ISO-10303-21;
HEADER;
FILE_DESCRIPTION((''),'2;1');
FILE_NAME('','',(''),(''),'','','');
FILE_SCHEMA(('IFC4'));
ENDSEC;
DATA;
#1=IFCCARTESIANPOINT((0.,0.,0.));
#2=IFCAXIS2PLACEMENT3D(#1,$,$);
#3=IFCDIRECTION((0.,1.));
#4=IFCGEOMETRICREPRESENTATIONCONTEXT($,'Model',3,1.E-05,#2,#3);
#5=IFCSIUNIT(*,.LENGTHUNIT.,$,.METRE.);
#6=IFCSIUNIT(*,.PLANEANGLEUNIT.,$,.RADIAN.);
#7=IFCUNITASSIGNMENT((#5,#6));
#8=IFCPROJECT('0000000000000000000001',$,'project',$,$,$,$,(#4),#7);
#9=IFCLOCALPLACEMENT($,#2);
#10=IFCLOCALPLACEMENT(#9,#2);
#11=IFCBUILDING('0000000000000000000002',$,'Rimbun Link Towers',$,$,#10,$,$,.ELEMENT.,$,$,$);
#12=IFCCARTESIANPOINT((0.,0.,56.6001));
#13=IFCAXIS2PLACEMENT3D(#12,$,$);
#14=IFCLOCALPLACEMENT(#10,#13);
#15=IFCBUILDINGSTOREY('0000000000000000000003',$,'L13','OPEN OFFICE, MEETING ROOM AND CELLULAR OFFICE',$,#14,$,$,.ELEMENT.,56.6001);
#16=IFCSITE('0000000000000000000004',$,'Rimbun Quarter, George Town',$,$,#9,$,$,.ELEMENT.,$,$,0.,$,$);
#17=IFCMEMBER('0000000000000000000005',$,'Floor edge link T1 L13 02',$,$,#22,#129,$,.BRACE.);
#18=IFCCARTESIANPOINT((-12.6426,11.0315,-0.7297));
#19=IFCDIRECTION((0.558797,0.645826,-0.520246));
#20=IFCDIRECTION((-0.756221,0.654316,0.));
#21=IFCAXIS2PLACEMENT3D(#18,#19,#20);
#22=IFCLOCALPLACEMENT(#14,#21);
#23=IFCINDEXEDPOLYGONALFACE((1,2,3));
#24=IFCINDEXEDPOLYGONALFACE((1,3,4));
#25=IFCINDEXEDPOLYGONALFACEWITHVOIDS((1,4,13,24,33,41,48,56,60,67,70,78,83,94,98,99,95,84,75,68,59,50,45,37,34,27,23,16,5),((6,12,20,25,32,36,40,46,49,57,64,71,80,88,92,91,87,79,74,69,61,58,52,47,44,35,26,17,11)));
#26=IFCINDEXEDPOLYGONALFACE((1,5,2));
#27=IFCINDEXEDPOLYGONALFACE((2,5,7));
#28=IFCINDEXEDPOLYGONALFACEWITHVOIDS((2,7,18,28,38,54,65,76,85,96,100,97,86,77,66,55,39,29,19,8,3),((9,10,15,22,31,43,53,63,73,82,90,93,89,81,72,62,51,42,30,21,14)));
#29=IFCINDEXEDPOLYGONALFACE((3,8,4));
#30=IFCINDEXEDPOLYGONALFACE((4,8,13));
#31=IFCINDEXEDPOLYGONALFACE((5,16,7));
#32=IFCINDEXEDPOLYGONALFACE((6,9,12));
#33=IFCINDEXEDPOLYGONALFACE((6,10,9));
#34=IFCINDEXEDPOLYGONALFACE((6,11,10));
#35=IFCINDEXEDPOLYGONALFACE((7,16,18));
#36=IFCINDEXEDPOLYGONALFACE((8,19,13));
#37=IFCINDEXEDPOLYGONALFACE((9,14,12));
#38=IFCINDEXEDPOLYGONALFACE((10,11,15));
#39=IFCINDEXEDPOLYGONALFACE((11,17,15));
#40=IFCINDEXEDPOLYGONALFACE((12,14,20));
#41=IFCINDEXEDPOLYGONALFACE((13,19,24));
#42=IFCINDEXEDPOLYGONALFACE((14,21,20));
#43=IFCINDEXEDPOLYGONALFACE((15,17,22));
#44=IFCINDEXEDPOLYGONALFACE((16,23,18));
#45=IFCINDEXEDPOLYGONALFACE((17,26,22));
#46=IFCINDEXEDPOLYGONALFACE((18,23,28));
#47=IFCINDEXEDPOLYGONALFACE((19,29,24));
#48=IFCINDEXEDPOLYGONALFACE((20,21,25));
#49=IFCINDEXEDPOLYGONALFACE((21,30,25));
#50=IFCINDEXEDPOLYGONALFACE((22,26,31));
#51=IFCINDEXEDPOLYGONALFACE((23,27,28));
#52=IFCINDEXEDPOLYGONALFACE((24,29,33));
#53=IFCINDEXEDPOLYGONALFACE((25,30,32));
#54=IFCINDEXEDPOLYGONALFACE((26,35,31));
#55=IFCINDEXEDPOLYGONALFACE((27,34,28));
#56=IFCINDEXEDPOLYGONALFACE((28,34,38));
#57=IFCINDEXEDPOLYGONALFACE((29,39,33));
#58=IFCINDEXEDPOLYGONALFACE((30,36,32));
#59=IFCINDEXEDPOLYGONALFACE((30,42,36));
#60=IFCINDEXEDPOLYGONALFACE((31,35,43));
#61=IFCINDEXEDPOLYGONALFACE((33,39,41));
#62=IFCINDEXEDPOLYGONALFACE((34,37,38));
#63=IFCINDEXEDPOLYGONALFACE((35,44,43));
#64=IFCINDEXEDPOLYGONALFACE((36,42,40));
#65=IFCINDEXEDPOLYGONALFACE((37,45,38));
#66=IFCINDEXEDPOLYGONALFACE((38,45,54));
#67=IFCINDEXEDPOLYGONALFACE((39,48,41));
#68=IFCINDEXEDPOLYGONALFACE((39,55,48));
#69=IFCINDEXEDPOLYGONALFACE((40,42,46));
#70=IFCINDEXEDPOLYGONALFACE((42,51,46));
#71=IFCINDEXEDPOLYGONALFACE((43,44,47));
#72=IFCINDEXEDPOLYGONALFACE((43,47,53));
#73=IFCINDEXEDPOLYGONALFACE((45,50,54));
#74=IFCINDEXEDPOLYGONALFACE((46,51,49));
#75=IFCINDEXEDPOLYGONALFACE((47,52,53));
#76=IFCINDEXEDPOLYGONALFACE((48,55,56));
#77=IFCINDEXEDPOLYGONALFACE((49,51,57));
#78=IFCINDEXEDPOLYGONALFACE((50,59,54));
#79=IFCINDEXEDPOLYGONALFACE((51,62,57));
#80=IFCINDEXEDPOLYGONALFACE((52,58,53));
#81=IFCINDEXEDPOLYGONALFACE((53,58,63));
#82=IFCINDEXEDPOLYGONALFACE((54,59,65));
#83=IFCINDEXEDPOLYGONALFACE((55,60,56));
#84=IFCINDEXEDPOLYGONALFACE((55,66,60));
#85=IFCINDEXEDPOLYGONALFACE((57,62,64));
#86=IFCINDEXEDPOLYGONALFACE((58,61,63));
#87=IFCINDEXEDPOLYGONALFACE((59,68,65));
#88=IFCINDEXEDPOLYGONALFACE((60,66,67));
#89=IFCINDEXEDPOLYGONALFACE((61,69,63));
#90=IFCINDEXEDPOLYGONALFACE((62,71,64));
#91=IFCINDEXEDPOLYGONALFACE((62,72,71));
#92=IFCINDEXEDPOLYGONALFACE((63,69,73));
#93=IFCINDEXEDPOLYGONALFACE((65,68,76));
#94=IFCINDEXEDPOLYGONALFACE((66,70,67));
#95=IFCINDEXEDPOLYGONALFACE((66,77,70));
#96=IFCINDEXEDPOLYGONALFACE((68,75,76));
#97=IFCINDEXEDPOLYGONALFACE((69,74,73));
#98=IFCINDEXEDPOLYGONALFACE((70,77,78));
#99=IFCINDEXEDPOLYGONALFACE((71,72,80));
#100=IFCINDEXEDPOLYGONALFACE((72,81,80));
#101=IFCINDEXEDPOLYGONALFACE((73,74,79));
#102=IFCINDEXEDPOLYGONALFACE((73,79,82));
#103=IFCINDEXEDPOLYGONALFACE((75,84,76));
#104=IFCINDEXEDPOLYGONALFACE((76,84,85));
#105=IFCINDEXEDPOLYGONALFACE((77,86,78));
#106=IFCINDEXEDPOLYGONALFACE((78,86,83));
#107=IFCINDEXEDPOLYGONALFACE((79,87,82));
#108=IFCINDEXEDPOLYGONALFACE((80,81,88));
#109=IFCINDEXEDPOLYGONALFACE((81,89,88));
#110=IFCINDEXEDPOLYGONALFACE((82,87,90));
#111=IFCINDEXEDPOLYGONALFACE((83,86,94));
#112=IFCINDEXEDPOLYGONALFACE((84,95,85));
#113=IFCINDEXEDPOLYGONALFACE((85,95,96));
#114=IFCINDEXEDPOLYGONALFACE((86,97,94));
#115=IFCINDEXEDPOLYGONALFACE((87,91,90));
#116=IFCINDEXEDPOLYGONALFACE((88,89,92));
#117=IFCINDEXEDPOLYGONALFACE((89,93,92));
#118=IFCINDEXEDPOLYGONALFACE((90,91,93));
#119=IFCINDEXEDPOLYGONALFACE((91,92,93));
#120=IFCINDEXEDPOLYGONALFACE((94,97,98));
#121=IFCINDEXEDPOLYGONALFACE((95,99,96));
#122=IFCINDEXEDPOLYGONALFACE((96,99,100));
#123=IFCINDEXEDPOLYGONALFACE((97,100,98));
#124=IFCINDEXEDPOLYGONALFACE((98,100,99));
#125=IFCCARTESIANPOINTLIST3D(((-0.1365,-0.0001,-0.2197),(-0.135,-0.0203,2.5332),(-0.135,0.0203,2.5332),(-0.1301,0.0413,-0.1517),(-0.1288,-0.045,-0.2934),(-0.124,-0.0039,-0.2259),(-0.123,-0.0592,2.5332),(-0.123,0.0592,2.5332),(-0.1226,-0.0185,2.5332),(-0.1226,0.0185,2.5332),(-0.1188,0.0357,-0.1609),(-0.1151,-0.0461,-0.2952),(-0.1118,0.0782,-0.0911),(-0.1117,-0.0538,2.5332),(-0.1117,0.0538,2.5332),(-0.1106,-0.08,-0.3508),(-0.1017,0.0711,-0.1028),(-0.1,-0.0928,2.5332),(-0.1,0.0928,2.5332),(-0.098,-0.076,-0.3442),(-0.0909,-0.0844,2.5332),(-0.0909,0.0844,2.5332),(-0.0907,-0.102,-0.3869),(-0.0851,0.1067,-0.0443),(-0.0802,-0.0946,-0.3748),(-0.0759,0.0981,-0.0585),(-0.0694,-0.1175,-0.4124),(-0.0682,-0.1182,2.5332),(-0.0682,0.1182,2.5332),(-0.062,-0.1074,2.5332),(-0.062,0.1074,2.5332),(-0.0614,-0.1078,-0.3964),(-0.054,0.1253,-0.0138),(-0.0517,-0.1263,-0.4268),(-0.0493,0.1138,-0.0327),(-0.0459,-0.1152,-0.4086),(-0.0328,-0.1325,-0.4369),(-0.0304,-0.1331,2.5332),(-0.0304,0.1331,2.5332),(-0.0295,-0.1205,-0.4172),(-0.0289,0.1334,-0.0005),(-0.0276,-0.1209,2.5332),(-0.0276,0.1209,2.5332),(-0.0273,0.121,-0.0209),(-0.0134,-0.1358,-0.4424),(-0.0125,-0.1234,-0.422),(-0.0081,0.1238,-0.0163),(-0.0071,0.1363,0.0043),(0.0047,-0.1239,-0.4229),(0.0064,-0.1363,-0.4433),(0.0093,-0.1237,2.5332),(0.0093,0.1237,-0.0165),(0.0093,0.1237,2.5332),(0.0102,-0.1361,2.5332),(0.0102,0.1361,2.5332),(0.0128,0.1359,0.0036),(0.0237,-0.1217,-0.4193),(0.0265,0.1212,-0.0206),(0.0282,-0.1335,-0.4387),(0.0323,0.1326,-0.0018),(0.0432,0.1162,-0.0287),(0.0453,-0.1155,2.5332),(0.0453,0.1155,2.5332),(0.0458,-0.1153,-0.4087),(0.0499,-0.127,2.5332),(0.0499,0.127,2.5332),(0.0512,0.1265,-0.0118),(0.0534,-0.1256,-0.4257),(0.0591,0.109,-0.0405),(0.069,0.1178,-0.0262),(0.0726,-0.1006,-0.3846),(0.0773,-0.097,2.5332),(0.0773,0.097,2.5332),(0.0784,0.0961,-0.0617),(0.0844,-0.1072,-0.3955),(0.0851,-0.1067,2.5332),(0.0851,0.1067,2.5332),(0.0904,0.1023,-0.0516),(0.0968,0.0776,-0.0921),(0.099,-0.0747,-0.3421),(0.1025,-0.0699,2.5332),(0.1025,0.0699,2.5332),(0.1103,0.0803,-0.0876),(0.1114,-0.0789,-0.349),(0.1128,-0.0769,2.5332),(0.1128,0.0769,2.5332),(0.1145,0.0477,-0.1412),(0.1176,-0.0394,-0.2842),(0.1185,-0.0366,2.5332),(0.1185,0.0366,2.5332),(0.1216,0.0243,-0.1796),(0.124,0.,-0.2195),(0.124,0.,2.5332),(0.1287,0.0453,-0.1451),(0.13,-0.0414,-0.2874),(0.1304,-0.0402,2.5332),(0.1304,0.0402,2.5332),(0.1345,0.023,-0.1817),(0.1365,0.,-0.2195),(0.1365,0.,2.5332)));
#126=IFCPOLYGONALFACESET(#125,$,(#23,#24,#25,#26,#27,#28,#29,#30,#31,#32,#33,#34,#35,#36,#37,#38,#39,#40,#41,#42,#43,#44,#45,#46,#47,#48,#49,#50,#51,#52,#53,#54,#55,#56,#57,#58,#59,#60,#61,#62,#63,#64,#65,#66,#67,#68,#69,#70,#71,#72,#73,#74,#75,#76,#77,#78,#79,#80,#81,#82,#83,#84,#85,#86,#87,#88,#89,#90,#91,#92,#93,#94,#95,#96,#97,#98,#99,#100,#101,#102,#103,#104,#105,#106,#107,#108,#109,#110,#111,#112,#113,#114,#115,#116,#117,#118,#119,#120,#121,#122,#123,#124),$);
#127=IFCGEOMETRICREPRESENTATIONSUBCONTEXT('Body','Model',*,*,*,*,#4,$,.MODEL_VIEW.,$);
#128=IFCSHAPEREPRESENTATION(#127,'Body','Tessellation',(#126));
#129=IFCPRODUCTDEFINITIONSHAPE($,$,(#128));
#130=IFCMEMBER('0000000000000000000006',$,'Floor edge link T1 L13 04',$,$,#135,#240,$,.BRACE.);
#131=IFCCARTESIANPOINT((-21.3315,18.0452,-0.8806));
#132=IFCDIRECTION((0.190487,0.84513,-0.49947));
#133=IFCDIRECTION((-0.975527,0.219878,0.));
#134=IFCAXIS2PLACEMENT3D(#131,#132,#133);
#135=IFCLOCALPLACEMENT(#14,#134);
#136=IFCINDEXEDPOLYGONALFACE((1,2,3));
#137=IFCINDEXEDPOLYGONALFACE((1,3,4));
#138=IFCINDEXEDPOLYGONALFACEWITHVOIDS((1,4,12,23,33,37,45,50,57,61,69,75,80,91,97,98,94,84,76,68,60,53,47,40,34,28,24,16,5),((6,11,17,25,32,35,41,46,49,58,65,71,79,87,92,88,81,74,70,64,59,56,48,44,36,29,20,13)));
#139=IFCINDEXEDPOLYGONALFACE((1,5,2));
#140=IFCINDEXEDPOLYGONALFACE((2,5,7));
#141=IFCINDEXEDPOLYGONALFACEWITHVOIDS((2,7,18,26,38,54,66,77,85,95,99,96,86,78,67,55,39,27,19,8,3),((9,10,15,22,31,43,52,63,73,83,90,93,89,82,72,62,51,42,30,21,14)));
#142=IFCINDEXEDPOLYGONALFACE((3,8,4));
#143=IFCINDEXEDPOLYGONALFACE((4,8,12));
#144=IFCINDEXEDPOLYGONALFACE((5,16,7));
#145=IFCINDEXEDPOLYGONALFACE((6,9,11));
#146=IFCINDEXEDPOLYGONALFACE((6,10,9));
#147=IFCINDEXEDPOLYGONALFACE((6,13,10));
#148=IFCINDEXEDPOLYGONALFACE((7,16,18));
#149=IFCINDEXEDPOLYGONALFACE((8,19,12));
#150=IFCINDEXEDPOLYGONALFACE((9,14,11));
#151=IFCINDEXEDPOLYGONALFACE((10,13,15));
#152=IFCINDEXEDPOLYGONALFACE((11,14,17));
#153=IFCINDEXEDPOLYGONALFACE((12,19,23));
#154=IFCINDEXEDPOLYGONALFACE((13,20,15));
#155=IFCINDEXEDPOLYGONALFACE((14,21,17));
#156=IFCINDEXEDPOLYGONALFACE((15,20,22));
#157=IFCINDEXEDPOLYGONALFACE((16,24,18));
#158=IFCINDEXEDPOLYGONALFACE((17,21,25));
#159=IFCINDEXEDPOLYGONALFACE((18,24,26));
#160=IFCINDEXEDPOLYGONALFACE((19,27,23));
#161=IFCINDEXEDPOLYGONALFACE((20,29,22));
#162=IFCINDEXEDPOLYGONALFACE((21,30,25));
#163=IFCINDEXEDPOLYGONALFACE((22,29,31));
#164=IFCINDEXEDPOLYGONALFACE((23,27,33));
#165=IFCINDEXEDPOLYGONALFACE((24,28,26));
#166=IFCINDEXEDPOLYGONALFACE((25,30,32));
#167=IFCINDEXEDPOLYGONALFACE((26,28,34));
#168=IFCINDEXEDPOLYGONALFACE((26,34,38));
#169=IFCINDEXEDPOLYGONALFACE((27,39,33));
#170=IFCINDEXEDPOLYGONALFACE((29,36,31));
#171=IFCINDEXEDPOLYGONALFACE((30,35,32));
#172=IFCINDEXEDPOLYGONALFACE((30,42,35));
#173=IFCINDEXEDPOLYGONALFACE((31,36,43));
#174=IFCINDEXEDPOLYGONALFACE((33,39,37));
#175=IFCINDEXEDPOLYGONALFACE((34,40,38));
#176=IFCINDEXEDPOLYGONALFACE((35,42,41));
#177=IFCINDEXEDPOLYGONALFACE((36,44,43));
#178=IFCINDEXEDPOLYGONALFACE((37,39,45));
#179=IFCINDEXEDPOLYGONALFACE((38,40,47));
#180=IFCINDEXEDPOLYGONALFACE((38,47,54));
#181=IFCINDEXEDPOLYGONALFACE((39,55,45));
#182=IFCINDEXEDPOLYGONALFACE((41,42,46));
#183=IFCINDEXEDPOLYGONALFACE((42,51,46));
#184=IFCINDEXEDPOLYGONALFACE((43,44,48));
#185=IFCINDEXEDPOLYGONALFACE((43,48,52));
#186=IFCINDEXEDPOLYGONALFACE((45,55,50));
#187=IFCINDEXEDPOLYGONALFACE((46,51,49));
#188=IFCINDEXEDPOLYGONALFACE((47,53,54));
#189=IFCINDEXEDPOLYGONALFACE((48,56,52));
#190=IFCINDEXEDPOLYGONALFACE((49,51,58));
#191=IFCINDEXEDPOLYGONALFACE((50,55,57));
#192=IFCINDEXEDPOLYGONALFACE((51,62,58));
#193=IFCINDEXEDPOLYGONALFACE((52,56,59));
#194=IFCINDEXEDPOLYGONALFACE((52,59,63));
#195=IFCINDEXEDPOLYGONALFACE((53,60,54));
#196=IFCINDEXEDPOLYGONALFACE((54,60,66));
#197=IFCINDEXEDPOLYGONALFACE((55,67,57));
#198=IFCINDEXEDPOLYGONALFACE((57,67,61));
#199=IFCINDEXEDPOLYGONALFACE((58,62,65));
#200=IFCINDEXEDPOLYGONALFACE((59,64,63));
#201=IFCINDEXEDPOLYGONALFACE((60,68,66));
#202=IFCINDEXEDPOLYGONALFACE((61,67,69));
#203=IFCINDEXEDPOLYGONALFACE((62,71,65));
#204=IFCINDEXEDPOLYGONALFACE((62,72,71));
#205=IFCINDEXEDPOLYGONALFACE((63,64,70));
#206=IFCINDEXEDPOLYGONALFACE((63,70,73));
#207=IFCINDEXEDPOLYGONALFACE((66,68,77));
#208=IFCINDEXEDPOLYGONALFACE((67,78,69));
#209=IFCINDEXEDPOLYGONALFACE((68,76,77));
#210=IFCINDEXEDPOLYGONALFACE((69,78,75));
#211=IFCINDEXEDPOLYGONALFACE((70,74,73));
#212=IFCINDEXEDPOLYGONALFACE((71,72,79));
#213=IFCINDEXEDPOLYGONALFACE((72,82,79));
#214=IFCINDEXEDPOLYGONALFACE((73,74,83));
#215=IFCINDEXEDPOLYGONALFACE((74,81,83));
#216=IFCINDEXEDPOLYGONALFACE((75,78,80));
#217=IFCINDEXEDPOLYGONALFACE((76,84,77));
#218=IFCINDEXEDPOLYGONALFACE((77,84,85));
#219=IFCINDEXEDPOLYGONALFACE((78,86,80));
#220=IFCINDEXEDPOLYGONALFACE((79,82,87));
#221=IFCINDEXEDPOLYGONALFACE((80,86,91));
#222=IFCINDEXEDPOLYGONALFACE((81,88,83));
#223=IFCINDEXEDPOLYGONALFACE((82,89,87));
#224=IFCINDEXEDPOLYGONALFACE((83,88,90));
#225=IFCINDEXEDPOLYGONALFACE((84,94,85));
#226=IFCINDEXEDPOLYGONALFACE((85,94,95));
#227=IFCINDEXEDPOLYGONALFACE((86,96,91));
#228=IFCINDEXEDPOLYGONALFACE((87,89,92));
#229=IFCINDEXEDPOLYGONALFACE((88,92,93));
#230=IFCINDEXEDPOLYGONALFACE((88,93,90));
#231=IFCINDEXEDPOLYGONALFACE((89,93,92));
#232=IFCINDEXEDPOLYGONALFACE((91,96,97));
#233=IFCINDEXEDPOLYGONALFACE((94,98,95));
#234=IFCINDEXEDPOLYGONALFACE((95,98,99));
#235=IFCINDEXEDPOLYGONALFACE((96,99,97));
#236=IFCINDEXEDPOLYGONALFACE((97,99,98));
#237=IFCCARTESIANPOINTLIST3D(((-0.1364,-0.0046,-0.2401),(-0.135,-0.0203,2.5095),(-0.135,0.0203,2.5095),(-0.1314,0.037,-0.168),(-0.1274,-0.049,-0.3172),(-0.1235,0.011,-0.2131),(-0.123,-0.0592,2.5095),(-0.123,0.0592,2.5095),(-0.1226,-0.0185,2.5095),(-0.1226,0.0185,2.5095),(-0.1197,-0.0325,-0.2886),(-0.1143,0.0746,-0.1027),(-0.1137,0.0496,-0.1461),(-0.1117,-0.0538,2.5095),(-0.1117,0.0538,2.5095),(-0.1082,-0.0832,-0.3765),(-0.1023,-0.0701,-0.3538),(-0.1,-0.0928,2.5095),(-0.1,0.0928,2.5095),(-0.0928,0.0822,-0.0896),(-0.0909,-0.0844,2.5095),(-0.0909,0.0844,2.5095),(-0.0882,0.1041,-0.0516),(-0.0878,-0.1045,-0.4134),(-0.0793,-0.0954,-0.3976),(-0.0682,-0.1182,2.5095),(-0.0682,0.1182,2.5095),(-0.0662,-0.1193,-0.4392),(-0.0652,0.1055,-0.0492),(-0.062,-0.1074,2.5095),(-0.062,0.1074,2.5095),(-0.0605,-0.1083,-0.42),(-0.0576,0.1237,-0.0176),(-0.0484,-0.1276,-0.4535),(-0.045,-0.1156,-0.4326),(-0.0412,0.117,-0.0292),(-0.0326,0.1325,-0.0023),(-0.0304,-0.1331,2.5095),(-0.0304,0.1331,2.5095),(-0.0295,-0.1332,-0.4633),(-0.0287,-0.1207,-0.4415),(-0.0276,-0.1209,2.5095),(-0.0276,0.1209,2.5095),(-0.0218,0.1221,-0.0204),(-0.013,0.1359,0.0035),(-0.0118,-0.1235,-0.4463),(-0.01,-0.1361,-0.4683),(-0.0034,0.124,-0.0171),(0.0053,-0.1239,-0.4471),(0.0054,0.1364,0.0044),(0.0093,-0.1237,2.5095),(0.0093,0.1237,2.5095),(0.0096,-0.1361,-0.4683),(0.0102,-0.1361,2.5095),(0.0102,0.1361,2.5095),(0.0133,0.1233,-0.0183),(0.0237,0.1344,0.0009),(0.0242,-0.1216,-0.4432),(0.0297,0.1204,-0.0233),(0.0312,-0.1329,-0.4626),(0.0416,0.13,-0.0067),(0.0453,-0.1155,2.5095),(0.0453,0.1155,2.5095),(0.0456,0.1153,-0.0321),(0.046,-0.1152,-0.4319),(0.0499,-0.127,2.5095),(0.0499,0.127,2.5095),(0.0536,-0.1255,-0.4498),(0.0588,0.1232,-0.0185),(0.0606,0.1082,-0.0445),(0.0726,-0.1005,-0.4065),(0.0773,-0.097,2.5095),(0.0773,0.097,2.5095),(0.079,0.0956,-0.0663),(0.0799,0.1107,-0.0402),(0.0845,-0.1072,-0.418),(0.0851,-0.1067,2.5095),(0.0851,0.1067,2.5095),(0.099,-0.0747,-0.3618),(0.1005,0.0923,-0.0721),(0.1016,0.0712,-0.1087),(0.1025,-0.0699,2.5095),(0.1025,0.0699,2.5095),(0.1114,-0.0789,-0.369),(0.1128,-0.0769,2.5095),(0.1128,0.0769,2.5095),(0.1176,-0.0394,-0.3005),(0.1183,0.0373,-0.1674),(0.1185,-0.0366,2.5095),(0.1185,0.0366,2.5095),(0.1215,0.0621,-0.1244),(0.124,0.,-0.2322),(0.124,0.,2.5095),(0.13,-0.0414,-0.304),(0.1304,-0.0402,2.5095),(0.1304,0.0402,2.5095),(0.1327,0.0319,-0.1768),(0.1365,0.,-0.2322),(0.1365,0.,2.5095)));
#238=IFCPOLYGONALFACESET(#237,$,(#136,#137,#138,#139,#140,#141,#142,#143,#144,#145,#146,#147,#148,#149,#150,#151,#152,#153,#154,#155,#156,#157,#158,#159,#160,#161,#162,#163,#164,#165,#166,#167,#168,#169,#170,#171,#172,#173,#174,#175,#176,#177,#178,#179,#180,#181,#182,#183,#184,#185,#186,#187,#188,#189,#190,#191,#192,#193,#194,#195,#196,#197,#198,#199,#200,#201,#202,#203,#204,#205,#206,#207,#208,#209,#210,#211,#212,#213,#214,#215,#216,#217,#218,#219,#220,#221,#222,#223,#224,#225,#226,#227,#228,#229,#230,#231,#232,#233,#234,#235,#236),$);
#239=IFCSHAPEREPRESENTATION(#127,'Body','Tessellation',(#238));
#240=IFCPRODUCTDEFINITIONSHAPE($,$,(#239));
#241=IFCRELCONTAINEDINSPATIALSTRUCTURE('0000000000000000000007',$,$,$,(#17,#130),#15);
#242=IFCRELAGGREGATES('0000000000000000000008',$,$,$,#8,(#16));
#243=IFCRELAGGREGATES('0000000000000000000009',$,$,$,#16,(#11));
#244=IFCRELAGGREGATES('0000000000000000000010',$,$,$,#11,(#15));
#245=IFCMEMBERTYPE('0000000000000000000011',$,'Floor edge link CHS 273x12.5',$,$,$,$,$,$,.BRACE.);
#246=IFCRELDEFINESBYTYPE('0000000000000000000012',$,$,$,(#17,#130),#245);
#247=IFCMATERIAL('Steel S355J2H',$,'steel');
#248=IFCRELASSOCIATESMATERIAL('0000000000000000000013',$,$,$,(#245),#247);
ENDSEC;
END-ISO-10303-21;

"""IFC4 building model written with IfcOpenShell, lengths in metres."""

from ifc_helpers import new_model, si_unit, direction, frame, origin, origin_2d, place, context, subcontext, project, spatial, hollow_circle, extrude, clip, halfspace, material, material_profile, profile_set, type_object, element, save


model = new_model("IFC4")

# Units and contexts
model_context = context("Model", 3, precision=1e-05, world=origin(), true_north=direction((0.0, 1.0)))
body_context = subcontext(model_context, "Body", "Model", "MODEL_VIEW")
ifc_project = project(units=[si_unit("LENGTHUNIT", "METRE"), si_unit("PLANEANGLEUNIT", "RADIAN")], contexts=[model_context])

# Site, building, storey
site_placement = place(None, origin())
site = spatial("IfcSite", under=ifc_project, at=site_placement, Name="Rimbun Quarter, George Town", CompositionType="ELEMENT", RefElevation=0.0)
building_placement = place(site_placement, origin())
building = spatial("IfcBuilding", under=site, at=building_placement, Name="Rimbun Link Towers", CompositionType="ELEMENT")
storey_placement = place(building_placement, frame((0.0, 0.0, 56.6001)))
storey = spatial("IfcBuildingStorey", under=building, at=storey_placement, Name="L13", Description="OPEN OFFICE, MEETING ROOM AND CELLULAR OFFICE", CompositionType="ELEMENT", Elevation=56.6001)

# Members
ifc_material_1 = material(Name="Steel S355J2H", Category="steel")
ifc_material_profile_1 = material_profile(ifc_material_1, hollow_circle(Radius=0.1365, WallThickness=0.0125, at=origin_2d()), Name="CHS 273x12.5")
ifc_profile_set_1 = profile_set([ifc_material_profile_1], Name="Steel S355J2H")
member_type_1 = type_object("IfcMemberType", Name="Floor edge link CHS 273x12.5", PredefinedType="BRACE", material=ifc_profile_set_1)
member_1_placement = place(storey_placement, frame((-12.6426, 11.0315, -0.7297), z_axis=(0.558797, 0.645826, -0.520246), x_axis=(-0.756221, 0.654316, 0.0)))
element("IfcMember", 1, at=member_1_placement, inside=storey, type_object=member_type_1, Name="Floor edge link T1 L13 02", PredefinedType="BRACE", context=body_context, shape_type="Clipping", body=[
    clip(extrude(hollow_circle(Radius=0.1365, WallThickness=0.0125, at=origin_2d()), frame((0.0, 0.0, -0.4673)), (0.0, 0.0, 1.0), 3.0005), halfspace(frame((0.0, 0.0, -0.2195), z_axis=(0.0, 0.854017, -0.520246)), False)),
])
member_2_placement = place(storey_placement, frame((-21.3315, 18.0452, -0.8806), z_axis=(0.190487, 0.84513, -0.49947), x_axis=(-0.975527, 0.219878, 0.0)))
element("IfcMember", 2, at=member_2_placement, inside=storey, type_object=member_type_1, Name="Floor edge link T1 L13 04", PredefinedType="BRACE", context=body_context, shape_type="Clipping", body=[
    clip(extrude(hollow_circle(Radius=0.1365, WallThickness=0.0125, at=origin_2d()), frame((0.0, 0.0, -0.4934)), (0.0, 0.0, 1.0), 3.0029), halfspace(frame((0.0, 0.0, -0.2322), z_axis=(0.0, 0.866331, -0.49947)), False)),
])

save(model, "model.ifc")
